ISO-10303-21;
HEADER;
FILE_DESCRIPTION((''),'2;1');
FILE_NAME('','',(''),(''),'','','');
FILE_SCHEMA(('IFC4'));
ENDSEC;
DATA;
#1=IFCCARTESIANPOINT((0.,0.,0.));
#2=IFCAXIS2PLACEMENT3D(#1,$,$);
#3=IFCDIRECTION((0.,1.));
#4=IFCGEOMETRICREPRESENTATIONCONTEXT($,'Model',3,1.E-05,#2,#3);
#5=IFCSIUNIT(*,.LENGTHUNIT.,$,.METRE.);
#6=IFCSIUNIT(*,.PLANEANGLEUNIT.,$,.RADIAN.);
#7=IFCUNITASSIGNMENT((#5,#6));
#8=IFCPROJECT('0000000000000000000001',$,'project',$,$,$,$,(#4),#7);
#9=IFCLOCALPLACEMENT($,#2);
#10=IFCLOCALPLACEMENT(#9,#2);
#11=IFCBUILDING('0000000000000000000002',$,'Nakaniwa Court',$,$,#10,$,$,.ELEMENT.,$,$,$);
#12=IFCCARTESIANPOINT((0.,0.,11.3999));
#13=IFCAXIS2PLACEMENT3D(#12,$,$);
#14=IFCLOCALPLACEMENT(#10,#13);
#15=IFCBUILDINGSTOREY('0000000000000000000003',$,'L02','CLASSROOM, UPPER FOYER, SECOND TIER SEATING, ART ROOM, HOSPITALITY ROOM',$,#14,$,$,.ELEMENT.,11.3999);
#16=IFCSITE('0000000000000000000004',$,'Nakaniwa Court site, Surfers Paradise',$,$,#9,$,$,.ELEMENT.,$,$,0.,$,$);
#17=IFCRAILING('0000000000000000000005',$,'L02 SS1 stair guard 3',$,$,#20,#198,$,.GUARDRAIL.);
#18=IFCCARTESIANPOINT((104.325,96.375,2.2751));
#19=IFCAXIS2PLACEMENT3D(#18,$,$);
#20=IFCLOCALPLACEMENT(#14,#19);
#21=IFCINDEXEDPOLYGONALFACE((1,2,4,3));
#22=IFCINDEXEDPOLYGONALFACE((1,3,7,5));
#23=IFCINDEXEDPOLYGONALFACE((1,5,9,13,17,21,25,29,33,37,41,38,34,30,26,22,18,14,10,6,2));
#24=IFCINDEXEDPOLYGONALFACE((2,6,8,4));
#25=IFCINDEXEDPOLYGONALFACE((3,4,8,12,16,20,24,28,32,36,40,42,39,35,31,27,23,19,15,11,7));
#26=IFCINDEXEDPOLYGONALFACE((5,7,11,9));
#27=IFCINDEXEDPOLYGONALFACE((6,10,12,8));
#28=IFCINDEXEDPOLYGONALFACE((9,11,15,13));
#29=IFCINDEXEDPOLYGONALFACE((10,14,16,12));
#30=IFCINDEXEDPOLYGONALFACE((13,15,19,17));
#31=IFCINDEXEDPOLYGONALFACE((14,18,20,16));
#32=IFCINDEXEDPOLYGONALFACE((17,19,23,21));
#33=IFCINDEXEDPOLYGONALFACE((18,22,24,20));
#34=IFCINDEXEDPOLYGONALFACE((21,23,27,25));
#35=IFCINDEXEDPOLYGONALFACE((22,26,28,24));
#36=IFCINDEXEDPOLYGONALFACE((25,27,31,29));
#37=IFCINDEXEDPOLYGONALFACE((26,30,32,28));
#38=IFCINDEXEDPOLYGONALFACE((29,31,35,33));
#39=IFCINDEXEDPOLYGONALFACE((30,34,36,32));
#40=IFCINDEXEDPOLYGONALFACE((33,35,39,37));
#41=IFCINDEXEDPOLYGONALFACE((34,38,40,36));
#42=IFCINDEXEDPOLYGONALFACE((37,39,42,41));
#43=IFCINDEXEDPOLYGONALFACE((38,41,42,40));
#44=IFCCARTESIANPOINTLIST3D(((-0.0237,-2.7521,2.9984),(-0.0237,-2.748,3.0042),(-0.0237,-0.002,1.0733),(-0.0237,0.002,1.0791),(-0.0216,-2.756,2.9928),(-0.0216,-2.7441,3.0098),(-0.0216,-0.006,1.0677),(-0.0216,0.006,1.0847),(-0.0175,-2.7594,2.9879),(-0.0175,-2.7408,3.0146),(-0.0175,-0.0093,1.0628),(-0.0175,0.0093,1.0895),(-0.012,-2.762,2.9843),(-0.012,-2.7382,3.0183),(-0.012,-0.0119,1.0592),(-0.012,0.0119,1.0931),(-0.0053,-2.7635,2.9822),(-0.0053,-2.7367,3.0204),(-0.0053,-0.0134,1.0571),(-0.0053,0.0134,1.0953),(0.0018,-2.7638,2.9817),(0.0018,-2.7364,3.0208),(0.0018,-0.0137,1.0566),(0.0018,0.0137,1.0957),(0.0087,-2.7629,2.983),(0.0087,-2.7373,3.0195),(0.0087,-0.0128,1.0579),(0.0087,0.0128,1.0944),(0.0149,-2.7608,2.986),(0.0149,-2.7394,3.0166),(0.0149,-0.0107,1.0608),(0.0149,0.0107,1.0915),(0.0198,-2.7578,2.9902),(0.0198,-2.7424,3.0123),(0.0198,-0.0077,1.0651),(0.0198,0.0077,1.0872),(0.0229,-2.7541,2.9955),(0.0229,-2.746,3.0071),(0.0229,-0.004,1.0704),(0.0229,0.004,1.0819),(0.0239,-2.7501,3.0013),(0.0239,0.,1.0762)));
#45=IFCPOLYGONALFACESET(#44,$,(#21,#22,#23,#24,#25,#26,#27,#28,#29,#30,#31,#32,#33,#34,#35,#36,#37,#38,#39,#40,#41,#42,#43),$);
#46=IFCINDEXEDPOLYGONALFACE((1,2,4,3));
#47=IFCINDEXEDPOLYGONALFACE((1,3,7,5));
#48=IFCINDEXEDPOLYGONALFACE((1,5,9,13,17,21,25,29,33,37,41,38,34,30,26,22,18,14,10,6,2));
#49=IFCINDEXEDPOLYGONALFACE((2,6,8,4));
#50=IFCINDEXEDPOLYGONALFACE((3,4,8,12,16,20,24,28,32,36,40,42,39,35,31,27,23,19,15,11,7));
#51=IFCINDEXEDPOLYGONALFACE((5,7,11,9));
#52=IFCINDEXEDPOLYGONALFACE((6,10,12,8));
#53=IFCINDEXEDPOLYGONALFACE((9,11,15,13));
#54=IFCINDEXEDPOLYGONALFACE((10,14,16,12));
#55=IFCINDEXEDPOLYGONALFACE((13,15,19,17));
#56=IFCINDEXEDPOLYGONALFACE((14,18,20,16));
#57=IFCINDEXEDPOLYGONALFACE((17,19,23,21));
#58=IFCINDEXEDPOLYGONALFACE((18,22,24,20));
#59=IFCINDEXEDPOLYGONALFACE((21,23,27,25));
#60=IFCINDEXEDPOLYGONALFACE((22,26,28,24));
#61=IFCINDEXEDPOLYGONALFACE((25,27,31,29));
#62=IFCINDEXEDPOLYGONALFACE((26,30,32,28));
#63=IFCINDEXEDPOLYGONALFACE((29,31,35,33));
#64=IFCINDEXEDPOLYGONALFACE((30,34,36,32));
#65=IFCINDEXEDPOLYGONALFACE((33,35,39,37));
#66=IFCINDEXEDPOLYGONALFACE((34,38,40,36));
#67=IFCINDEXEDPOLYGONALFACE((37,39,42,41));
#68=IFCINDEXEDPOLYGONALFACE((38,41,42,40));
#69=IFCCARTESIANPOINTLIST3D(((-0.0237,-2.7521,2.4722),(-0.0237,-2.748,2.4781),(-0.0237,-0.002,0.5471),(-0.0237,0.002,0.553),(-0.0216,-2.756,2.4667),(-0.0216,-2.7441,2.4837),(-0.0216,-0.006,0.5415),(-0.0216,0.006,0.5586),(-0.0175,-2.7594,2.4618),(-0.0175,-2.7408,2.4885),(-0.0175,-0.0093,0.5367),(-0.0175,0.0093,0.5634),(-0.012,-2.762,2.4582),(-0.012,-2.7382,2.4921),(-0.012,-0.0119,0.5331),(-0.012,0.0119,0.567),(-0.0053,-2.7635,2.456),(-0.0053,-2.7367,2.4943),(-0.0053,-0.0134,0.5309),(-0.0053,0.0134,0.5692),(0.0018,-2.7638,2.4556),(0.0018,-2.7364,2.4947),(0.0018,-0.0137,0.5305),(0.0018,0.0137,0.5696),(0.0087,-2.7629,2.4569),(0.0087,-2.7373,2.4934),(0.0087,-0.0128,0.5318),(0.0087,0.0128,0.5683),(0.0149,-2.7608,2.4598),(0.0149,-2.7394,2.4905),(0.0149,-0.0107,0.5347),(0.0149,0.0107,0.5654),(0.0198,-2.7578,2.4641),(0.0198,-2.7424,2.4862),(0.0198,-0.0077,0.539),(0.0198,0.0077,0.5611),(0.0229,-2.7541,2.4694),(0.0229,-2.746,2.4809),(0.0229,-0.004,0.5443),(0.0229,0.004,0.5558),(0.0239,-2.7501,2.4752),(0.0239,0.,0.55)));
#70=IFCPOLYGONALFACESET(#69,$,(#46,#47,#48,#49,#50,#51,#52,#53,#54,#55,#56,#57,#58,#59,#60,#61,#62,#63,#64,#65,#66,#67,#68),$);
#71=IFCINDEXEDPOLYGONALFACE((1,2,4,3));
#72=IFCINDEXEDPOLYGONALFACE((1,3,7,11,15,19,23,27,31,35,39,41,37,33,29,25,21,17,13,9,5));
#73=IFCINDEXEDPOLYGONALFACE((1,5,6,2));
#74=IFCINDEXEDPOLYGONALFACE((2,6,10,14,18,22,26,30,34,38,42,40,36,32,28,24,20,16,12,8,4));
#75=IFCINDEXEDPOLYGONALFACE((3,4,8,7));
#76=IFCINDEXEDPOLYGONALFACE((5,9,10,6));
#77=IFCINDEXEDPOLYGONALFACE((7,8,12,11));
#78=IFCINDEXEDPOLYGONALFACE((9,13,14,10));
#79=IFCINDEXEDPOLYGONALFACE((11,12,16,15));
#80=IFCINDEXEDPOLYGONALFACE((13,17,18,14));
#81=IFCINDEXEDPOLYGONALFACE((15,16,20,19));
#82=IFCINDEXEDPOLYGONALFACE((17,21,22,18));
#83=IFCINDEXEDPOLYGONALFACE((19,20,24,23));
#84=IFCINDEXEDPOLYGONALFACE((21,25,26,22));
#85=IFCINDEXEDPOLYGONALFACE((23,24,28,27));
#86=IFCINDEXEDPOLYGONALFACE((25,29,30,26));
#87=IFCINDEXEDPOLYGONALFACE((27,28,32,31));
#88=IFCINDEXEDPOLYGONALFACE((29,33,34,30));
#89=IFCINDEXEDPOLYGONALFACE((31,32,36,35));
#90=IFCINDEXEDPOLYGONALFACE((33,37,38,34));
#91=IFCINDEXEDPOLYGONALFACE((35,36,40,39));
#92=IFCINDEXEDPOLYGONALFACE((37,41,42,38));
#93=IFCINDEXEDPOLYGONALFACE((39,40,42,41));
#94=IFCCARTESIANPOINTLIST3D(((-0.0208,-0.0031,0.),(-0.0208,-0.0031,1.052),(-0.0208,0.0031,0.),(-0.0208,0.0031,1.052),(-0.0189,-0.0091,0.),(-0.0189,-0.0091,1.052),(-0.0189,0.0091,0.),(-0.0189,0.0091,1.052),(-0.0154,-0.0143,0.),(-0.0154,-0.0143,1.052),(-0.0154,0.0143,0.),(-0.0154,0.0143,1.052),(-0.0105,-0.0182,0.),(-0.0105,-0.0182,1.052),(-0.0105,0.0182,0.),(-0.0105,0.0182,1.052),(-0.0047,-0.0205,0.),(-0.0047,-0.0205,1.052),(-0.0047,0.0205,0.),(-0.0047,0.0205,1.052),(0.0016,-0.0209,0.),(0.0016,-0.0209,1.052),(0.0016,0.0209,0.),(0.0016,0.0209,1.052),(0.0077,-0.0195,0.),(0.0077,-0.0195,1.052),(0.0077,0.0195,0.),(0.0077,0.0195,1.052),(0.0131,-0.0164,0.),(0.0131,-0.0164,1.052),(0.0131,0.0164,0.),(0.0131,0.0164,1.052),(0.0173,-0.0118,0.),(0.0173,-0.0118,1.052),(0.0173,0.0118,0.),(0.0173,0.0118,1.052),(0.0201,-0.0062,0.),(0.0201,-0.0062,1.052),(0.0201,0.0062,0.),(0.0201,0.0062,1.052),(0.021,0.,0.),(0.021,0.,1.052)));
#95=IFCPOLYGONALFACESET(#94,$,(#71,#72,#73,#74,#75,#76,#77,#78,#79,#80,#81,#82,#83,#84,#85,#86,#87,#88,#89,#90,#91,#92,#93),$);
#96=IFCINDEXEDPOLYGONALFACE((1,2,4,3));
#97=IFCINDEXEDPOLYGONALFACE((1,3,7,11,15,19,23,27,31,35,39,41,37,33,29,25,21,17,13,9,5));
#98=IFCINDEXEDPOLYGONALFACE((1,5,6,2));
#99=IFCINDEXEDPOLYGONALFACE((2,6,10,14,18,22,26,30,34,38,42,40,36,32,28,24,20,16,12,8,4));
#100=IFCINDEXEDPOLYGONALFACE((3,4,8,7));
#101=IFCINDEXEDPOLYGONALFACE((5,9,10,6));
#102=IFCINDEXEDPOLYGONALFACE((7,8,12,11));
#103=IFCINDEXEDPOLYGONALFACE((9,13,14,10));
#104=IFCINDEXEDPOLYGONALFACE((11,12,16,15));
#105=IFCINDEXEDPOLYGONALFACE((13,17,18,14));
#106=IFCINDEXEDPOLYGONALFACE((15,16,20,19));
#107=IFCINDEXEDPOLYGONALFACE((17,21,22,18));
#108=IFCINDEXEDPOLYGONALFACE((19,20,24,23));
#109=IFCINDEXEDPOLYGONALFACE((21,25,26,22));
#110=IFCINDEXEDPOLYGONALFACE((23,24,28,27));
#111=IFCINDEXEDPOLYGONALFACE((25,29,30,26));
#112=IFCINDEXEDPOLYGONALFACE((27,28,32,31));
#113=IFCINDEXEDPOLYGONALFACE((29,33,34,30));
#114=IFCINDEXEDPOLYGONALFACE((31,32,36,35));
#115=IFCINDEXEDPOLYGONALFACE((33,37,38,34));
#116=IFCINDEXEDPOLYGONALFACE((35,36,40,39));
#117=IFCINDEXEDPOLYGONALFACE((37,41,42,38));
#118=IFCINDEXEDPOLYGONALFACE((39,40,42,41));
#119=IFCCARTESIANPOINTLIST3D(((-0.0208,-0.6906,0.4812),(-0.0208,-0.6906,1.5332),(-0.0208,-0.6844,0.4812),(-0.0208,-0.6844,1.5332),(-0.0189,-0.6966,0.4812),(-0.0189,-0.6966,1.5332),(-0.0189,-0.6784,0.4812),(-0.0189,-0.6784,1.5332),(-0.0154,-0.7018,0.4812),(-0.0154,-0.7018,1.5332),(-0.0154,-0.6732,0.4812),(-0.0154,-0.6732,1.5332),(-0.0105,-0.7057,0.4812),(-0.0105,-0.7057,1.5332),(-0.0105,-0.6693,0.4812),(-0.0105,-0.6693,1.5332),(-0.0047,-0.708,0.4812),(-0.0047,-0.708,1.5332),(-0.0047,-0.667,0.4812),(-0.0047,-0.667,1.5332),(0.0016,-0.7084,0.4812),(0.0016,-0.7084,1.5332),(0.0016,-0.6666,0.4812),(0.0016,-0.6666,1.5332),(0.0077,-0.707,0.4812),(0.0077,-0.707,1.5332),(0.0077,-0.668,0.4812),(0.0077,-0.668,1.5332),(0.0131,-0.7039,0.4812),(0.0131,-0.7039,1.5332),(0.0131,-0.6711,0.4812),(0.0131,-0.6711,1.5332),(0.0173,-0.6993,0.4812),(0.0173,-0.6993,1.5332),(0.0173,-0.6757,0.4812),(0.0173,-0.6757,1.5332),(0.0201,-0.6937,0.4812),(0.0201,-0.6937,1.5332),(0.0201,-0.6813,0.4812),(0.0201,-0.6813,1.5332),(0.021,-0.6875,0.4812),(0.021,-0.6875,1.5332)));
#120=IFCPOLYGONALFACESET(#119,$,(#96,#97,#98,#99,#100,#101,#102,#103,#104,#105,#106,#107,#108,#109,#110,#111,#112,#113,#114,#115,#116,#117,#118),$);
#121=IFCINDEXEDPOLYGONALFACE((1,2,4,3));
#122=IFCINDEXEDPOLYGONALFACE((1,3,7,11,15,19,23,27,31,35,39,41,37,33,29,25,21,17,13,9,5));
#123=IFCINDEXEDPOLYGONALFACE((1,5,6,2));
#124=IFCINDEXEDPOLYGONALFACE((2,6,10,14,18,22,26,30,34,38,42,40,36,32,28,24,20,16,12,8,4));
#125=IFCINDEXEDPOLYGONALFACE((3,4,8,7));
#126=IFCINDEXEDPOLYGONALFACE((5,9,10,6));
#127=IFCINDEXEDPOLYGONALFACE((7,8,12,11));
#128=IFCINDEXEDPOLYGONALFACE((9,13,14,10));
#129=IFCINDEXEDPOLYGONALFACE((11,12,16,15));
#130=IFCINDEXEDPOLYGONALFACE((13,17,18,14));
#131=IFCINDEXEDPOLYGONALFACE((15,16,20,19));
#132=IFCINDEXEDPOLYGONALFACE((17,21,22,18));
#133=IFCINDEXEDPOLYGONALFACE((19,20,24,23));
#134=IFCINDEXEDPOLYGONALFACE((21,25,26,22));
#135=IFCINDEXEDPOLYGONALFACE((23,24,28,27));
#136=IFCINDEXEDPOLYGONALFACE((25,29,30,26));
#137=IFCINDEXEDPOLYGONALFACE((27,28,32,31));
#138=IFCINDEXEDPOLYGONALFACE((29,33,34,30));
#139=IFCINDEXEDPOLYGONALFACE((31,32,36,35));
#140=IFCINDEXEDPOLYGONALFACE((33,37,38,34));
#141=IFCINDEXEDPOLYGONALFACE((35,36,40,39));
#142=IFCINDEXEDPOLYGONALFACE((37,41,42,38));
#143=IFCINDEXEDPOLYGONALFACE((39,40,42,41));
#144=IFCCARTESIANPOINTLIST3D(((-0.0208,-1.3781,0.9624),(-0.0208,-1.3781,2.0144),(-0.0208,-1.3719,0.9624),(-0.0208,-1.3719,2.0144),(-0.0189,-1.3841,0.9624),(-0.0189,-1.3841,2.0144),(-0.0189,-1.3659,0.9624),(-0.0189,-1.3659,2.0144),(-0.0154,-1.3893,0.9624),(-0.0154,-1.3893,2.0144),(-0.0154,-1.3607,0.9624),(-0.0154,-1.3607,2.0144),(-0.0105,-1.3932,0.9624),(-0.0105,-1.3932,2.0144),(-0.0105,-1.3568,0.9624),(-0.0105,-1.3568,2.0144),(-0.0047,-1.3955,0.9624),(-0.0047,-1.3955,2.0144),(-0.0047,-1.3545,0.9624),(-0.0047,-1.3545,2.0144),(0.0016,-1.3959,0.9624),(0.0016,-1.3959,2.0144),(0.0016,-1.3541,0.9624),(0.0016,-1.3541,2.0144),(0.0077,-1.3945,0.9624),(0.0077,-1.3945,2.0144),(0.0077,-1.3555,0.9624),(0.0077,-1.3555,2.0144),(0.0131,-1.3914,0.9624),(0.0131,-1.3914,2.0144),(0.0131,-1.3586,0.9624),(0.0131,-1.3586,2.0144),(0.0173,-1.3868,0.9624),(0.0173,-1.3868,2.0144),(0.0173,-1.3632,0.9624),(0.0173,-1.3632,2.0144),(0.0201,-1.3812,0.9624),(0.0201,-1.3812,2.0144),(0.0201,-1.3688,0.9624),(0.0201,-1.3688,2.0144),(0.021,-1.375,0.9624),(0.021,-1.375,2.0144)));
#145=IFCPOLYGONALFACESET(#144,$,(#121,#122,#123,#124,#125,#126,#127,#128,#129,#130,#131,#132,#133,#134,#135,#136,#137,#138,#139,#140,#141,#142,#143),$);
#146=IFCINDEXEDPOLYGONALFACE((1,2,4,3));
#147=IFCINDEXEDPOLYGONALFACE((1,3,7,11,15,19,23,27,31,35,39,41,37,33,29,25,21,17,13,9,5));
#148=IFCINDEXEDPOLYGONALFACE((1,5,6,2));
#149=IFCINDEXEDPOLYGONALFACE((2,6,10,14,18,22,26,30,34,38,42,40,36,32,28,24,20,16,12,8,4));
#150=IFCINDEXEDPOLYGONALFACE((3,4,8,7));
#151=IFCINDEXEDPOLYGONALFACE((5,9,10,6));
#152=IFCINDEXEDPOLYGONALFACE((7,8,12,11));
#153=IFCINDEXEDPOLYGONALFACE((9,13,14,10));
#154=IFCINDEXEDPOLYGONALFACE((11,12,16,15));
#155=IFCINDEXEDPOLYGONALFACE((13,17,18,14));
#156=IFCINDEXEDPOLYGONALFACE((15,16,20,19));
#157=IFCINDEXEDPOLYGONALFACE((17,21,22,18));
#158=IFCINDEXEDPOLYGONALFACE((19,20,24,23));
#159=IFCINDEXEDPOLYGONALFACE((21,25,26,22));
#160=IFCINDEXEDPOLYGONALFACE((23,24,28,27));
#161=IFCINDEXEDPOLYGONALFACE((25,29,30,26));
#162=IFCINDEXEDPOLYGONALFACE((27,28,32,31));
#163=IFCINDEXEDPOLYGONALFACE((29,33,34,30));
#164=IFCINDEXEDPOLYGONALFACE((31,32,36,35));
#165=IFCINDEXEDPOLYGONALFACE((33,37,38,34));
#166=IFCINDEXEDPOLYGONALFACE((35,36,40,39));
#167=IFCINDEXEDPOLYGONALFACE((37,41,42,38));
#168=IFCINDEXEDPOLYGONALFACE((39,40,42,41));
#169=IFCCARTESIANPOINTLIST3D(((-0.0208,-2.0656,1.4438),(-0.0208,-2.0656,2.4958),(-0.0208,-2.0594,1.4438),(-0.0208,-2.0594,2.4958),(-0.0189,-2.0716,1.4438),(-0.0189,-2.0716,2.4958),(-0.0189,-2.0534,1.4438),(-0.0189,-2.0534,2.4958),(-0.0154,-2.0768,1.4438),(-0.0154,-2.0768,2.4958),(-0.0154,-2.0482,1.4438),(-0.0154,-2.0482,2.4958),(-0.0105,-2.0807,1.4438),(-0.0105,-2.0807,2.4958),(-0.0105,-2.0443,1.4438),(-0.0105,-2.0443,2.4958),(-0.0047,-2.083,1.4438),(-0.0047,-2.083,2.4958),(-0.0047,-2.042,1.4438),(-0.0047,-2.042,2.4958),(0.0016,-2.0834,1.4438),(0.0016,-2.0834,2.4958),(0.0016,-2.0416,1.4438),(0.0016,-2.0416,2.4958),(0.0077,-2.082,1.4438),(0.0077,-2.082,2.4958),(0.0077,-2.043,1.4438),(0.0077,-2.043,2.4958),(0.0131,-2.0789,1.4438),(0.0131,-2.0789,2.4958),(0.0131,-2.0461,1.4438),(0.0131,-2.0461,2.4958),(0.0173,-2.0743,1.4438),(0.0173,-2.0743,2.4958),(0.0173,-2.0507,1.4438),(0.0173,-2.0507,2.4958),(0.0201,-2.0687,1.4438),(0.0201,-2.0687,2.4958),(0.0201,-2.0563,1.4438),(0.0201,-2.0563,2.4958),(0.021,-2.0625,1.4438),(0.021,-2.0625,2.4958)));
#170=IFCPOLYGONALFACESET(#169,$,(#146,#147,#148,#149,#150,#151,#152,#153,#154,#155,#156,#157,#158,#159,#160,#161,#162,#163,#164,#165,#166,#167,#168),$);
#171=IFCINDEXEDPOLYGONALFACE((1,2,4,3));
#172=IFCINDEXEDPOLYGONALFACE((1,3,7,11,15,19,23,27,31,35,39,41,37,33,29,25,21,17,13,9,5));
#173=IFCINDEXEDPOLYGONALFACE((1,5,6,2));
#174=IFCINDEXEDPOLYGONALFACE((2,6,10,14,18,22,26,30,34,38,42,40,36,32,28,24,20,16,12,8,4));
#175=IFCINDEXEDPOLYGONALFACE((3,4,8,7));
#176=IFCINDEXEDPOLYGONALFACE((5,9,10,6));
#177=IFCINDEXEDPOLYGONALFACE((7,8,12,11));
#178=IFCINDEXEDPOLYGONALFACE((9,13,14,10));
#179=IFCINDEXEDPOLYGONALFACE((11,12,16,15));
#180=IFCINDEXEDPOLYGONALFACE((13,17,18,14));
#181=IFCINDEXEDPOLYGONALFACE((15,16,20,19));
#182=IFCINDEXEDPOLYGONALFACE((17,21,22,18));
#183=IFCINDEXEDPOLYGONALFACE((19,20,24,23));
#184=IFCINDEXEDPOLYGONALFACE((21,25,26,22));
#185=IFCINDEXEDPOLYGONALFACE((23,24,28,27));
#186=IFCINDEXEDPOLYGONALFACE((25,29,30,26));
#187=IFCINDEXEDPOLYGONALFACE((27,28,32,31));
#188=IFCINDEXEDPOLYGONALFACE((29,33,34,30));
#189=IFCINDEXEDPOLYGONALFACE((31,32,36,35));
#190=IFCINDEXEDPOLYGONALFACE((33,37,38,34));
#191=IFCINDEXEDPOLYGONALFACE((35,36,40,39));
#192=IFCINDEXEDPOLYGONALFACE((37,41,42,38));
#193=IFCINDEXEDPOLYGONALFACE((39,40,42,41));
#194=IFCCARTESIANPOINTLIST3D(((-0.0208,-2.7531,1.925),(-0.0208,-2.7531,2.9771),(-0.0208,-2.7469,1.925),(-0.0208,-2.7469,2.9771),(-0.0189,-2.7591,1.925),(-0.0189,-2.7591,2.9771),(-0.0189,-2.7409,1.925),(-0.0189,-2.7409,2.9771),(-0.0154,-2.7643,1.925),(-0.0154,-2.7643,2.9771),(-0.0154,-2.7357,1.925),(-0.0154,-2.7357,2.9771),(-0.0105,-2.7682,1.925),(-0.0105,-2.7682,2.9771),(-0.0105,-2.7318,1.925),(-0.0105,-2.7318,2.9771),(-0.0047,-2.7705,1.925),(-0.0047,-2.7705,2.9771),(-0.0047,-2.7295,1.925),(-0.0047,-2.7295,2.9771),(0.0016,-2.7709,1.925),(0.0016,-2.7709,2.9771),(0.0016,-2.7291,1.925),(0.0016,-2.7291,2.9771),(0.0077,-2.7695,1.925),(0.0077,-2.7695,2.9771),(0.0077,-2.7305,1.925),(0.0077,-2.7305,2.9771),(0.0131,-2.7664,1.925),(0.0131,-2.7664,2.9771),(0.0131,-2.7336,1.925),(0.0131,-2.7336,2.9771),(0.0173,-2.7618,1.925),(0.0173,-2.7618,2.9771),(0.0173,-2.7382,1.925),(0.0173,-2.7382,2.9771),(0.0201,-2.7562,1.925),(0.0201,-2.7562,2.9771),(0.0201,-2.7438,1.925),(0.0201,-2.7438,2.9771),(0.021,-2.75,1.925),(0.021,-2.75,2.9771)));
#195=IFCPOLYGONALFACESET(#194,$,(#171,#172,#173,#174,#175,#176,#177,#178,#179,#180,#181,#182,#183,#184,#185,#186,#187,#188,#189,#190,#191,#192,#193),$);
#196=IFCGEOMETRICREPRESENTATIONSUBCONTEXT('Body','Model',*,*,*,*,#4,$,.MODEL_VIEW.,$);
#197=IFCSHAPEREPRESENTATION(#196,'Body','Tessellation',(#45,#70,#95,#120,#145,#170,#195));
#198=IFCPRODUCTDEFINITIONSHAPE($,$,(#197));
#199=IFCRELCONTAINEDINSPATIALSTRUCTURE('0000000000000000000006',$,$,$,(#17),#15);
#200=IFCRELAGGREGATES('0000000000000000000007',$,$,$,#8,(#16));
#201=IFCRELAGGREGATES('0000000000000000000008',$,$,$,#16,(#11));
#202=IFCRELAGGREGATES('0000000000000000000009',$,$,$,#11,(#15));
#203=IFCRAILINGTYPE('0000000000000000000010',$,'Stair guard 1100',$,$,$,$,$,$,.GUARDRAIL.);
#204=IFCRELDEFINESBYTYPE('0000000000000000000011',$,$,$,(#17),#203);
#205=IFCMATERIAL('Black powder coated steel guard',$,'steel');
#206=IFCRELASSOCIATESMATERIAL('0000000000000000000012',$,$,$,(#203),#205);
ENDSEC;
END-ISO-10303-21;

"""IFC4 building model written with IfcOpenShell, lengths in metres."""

from ifc_helpers import new_model, si_unit, direction, frame, origin, origin_2d, place, context, subcontext, project, spatial, circle, extrude, material, type_object, element, save


model = new_model("IFC4")

# Units and contexts
model_context = context("Model", 3, precision=1e-05, world=origin(), true_north=direction((0.0, 1.0)))
body_context = subcontext(model_context, "Body", "Model", "MODEL_VIEW")
ifc_project = project(units=[si_unit("LENGTHUNIT", "METRE"), si_unit("PLANEANGLEUNIT", "RADIAN")], contexts=[model_context])

# Site, building, storey
site_placement = place(None, origin())
site = spatial("IfcSite", under=ifc_project, at=site_placement, Name="Nakaniwa Court site, Surfers Paradise", CompositionType="ELEMENT", RefElevation=0.0)
building_placement = place(site_placement, origin())
building = spatial("IfcBuilding", under=site, at=building_placement, Name="Nakaniwa Court", CompositionType="ELEMENT")
storey_placement = place(building_placement, frame((0.0, 0.0, 11.3999)))
storey = spatial("IfcBuildingStorey", under=building, at=storey_placement, Name="L02", Description="CLASSROOM, UPPER FOYER, SECOND TIER SEATING, ART ROOM, HOSPITALITY ROOM", CompositionType="ELEMENT", Elevation=11.3999)

# Railing
ifc_material_1 = material(Name="Black powder coated steel guard", Category="steel")
railing_type_1 = type_object("IfcRailingType", Name="Stair guard 1100", PredefinedType="GUARDRAIL", material=ifc_material_1)
railing_1_placement = place(storey_placement, frame((104.325, 96.375, 2.2751)))
element("IfcRailing", 1, at=railing_1_placement, inside=storey, type_object=railing_type_1, Name="L02 SS1 stair guard 3", PredefinedType="GUARDRAIL", context=body_context, shape_type="SweptSolid", body=[
    extrude(circle(Radius=0.0239, at=origin_2d()), frame((0.0, 0.0, 1.0762), z_axis=(0.0, -0.819225, 0.573472), x_axis=(1.0, 0.0, 0.0)), (0.0, 0.0, 1.0), 3.3569),
    extrude(circle(Radius=0.0239, at=origin_2d()), frame((0.0, 0.0, 0.55), z_axis=(0.0, -0.819225, 0.573472), x_axis=(1.0, 0.0, 0.0)), (0.0, 0.0, 1.0), 3.3569),
    extrude(circle(Radius=0.021, at=origin_2d()), origin(), (0.0, 0.0, 1.0), 1.052),
    extrude(circle(Radius=0.021, at=origin_2d()), frame((0.0, -0.6875, 0.4812)), (0.0, 0.0, 1.0), 1.052),
    extrude(circle(Radius=0.021, at=origin_2d()), frame((0.0, -1.375, 0.9624)), (0.0, 0.0, 1.0), 1.052),
    extrude(circle(Radius=0.021, at=origin_2d()), frame((0.0, -2.0625, 1.4438)), (0.0, 0.0, 1.0), 1.052),
    extrude(circle(Radius=0.021, at=origin_2d()), frame((0.0, -2.75, 1.925)), (0.0, 0.0, 1.0), 1.052),
])

save(model, "model.ifc")
